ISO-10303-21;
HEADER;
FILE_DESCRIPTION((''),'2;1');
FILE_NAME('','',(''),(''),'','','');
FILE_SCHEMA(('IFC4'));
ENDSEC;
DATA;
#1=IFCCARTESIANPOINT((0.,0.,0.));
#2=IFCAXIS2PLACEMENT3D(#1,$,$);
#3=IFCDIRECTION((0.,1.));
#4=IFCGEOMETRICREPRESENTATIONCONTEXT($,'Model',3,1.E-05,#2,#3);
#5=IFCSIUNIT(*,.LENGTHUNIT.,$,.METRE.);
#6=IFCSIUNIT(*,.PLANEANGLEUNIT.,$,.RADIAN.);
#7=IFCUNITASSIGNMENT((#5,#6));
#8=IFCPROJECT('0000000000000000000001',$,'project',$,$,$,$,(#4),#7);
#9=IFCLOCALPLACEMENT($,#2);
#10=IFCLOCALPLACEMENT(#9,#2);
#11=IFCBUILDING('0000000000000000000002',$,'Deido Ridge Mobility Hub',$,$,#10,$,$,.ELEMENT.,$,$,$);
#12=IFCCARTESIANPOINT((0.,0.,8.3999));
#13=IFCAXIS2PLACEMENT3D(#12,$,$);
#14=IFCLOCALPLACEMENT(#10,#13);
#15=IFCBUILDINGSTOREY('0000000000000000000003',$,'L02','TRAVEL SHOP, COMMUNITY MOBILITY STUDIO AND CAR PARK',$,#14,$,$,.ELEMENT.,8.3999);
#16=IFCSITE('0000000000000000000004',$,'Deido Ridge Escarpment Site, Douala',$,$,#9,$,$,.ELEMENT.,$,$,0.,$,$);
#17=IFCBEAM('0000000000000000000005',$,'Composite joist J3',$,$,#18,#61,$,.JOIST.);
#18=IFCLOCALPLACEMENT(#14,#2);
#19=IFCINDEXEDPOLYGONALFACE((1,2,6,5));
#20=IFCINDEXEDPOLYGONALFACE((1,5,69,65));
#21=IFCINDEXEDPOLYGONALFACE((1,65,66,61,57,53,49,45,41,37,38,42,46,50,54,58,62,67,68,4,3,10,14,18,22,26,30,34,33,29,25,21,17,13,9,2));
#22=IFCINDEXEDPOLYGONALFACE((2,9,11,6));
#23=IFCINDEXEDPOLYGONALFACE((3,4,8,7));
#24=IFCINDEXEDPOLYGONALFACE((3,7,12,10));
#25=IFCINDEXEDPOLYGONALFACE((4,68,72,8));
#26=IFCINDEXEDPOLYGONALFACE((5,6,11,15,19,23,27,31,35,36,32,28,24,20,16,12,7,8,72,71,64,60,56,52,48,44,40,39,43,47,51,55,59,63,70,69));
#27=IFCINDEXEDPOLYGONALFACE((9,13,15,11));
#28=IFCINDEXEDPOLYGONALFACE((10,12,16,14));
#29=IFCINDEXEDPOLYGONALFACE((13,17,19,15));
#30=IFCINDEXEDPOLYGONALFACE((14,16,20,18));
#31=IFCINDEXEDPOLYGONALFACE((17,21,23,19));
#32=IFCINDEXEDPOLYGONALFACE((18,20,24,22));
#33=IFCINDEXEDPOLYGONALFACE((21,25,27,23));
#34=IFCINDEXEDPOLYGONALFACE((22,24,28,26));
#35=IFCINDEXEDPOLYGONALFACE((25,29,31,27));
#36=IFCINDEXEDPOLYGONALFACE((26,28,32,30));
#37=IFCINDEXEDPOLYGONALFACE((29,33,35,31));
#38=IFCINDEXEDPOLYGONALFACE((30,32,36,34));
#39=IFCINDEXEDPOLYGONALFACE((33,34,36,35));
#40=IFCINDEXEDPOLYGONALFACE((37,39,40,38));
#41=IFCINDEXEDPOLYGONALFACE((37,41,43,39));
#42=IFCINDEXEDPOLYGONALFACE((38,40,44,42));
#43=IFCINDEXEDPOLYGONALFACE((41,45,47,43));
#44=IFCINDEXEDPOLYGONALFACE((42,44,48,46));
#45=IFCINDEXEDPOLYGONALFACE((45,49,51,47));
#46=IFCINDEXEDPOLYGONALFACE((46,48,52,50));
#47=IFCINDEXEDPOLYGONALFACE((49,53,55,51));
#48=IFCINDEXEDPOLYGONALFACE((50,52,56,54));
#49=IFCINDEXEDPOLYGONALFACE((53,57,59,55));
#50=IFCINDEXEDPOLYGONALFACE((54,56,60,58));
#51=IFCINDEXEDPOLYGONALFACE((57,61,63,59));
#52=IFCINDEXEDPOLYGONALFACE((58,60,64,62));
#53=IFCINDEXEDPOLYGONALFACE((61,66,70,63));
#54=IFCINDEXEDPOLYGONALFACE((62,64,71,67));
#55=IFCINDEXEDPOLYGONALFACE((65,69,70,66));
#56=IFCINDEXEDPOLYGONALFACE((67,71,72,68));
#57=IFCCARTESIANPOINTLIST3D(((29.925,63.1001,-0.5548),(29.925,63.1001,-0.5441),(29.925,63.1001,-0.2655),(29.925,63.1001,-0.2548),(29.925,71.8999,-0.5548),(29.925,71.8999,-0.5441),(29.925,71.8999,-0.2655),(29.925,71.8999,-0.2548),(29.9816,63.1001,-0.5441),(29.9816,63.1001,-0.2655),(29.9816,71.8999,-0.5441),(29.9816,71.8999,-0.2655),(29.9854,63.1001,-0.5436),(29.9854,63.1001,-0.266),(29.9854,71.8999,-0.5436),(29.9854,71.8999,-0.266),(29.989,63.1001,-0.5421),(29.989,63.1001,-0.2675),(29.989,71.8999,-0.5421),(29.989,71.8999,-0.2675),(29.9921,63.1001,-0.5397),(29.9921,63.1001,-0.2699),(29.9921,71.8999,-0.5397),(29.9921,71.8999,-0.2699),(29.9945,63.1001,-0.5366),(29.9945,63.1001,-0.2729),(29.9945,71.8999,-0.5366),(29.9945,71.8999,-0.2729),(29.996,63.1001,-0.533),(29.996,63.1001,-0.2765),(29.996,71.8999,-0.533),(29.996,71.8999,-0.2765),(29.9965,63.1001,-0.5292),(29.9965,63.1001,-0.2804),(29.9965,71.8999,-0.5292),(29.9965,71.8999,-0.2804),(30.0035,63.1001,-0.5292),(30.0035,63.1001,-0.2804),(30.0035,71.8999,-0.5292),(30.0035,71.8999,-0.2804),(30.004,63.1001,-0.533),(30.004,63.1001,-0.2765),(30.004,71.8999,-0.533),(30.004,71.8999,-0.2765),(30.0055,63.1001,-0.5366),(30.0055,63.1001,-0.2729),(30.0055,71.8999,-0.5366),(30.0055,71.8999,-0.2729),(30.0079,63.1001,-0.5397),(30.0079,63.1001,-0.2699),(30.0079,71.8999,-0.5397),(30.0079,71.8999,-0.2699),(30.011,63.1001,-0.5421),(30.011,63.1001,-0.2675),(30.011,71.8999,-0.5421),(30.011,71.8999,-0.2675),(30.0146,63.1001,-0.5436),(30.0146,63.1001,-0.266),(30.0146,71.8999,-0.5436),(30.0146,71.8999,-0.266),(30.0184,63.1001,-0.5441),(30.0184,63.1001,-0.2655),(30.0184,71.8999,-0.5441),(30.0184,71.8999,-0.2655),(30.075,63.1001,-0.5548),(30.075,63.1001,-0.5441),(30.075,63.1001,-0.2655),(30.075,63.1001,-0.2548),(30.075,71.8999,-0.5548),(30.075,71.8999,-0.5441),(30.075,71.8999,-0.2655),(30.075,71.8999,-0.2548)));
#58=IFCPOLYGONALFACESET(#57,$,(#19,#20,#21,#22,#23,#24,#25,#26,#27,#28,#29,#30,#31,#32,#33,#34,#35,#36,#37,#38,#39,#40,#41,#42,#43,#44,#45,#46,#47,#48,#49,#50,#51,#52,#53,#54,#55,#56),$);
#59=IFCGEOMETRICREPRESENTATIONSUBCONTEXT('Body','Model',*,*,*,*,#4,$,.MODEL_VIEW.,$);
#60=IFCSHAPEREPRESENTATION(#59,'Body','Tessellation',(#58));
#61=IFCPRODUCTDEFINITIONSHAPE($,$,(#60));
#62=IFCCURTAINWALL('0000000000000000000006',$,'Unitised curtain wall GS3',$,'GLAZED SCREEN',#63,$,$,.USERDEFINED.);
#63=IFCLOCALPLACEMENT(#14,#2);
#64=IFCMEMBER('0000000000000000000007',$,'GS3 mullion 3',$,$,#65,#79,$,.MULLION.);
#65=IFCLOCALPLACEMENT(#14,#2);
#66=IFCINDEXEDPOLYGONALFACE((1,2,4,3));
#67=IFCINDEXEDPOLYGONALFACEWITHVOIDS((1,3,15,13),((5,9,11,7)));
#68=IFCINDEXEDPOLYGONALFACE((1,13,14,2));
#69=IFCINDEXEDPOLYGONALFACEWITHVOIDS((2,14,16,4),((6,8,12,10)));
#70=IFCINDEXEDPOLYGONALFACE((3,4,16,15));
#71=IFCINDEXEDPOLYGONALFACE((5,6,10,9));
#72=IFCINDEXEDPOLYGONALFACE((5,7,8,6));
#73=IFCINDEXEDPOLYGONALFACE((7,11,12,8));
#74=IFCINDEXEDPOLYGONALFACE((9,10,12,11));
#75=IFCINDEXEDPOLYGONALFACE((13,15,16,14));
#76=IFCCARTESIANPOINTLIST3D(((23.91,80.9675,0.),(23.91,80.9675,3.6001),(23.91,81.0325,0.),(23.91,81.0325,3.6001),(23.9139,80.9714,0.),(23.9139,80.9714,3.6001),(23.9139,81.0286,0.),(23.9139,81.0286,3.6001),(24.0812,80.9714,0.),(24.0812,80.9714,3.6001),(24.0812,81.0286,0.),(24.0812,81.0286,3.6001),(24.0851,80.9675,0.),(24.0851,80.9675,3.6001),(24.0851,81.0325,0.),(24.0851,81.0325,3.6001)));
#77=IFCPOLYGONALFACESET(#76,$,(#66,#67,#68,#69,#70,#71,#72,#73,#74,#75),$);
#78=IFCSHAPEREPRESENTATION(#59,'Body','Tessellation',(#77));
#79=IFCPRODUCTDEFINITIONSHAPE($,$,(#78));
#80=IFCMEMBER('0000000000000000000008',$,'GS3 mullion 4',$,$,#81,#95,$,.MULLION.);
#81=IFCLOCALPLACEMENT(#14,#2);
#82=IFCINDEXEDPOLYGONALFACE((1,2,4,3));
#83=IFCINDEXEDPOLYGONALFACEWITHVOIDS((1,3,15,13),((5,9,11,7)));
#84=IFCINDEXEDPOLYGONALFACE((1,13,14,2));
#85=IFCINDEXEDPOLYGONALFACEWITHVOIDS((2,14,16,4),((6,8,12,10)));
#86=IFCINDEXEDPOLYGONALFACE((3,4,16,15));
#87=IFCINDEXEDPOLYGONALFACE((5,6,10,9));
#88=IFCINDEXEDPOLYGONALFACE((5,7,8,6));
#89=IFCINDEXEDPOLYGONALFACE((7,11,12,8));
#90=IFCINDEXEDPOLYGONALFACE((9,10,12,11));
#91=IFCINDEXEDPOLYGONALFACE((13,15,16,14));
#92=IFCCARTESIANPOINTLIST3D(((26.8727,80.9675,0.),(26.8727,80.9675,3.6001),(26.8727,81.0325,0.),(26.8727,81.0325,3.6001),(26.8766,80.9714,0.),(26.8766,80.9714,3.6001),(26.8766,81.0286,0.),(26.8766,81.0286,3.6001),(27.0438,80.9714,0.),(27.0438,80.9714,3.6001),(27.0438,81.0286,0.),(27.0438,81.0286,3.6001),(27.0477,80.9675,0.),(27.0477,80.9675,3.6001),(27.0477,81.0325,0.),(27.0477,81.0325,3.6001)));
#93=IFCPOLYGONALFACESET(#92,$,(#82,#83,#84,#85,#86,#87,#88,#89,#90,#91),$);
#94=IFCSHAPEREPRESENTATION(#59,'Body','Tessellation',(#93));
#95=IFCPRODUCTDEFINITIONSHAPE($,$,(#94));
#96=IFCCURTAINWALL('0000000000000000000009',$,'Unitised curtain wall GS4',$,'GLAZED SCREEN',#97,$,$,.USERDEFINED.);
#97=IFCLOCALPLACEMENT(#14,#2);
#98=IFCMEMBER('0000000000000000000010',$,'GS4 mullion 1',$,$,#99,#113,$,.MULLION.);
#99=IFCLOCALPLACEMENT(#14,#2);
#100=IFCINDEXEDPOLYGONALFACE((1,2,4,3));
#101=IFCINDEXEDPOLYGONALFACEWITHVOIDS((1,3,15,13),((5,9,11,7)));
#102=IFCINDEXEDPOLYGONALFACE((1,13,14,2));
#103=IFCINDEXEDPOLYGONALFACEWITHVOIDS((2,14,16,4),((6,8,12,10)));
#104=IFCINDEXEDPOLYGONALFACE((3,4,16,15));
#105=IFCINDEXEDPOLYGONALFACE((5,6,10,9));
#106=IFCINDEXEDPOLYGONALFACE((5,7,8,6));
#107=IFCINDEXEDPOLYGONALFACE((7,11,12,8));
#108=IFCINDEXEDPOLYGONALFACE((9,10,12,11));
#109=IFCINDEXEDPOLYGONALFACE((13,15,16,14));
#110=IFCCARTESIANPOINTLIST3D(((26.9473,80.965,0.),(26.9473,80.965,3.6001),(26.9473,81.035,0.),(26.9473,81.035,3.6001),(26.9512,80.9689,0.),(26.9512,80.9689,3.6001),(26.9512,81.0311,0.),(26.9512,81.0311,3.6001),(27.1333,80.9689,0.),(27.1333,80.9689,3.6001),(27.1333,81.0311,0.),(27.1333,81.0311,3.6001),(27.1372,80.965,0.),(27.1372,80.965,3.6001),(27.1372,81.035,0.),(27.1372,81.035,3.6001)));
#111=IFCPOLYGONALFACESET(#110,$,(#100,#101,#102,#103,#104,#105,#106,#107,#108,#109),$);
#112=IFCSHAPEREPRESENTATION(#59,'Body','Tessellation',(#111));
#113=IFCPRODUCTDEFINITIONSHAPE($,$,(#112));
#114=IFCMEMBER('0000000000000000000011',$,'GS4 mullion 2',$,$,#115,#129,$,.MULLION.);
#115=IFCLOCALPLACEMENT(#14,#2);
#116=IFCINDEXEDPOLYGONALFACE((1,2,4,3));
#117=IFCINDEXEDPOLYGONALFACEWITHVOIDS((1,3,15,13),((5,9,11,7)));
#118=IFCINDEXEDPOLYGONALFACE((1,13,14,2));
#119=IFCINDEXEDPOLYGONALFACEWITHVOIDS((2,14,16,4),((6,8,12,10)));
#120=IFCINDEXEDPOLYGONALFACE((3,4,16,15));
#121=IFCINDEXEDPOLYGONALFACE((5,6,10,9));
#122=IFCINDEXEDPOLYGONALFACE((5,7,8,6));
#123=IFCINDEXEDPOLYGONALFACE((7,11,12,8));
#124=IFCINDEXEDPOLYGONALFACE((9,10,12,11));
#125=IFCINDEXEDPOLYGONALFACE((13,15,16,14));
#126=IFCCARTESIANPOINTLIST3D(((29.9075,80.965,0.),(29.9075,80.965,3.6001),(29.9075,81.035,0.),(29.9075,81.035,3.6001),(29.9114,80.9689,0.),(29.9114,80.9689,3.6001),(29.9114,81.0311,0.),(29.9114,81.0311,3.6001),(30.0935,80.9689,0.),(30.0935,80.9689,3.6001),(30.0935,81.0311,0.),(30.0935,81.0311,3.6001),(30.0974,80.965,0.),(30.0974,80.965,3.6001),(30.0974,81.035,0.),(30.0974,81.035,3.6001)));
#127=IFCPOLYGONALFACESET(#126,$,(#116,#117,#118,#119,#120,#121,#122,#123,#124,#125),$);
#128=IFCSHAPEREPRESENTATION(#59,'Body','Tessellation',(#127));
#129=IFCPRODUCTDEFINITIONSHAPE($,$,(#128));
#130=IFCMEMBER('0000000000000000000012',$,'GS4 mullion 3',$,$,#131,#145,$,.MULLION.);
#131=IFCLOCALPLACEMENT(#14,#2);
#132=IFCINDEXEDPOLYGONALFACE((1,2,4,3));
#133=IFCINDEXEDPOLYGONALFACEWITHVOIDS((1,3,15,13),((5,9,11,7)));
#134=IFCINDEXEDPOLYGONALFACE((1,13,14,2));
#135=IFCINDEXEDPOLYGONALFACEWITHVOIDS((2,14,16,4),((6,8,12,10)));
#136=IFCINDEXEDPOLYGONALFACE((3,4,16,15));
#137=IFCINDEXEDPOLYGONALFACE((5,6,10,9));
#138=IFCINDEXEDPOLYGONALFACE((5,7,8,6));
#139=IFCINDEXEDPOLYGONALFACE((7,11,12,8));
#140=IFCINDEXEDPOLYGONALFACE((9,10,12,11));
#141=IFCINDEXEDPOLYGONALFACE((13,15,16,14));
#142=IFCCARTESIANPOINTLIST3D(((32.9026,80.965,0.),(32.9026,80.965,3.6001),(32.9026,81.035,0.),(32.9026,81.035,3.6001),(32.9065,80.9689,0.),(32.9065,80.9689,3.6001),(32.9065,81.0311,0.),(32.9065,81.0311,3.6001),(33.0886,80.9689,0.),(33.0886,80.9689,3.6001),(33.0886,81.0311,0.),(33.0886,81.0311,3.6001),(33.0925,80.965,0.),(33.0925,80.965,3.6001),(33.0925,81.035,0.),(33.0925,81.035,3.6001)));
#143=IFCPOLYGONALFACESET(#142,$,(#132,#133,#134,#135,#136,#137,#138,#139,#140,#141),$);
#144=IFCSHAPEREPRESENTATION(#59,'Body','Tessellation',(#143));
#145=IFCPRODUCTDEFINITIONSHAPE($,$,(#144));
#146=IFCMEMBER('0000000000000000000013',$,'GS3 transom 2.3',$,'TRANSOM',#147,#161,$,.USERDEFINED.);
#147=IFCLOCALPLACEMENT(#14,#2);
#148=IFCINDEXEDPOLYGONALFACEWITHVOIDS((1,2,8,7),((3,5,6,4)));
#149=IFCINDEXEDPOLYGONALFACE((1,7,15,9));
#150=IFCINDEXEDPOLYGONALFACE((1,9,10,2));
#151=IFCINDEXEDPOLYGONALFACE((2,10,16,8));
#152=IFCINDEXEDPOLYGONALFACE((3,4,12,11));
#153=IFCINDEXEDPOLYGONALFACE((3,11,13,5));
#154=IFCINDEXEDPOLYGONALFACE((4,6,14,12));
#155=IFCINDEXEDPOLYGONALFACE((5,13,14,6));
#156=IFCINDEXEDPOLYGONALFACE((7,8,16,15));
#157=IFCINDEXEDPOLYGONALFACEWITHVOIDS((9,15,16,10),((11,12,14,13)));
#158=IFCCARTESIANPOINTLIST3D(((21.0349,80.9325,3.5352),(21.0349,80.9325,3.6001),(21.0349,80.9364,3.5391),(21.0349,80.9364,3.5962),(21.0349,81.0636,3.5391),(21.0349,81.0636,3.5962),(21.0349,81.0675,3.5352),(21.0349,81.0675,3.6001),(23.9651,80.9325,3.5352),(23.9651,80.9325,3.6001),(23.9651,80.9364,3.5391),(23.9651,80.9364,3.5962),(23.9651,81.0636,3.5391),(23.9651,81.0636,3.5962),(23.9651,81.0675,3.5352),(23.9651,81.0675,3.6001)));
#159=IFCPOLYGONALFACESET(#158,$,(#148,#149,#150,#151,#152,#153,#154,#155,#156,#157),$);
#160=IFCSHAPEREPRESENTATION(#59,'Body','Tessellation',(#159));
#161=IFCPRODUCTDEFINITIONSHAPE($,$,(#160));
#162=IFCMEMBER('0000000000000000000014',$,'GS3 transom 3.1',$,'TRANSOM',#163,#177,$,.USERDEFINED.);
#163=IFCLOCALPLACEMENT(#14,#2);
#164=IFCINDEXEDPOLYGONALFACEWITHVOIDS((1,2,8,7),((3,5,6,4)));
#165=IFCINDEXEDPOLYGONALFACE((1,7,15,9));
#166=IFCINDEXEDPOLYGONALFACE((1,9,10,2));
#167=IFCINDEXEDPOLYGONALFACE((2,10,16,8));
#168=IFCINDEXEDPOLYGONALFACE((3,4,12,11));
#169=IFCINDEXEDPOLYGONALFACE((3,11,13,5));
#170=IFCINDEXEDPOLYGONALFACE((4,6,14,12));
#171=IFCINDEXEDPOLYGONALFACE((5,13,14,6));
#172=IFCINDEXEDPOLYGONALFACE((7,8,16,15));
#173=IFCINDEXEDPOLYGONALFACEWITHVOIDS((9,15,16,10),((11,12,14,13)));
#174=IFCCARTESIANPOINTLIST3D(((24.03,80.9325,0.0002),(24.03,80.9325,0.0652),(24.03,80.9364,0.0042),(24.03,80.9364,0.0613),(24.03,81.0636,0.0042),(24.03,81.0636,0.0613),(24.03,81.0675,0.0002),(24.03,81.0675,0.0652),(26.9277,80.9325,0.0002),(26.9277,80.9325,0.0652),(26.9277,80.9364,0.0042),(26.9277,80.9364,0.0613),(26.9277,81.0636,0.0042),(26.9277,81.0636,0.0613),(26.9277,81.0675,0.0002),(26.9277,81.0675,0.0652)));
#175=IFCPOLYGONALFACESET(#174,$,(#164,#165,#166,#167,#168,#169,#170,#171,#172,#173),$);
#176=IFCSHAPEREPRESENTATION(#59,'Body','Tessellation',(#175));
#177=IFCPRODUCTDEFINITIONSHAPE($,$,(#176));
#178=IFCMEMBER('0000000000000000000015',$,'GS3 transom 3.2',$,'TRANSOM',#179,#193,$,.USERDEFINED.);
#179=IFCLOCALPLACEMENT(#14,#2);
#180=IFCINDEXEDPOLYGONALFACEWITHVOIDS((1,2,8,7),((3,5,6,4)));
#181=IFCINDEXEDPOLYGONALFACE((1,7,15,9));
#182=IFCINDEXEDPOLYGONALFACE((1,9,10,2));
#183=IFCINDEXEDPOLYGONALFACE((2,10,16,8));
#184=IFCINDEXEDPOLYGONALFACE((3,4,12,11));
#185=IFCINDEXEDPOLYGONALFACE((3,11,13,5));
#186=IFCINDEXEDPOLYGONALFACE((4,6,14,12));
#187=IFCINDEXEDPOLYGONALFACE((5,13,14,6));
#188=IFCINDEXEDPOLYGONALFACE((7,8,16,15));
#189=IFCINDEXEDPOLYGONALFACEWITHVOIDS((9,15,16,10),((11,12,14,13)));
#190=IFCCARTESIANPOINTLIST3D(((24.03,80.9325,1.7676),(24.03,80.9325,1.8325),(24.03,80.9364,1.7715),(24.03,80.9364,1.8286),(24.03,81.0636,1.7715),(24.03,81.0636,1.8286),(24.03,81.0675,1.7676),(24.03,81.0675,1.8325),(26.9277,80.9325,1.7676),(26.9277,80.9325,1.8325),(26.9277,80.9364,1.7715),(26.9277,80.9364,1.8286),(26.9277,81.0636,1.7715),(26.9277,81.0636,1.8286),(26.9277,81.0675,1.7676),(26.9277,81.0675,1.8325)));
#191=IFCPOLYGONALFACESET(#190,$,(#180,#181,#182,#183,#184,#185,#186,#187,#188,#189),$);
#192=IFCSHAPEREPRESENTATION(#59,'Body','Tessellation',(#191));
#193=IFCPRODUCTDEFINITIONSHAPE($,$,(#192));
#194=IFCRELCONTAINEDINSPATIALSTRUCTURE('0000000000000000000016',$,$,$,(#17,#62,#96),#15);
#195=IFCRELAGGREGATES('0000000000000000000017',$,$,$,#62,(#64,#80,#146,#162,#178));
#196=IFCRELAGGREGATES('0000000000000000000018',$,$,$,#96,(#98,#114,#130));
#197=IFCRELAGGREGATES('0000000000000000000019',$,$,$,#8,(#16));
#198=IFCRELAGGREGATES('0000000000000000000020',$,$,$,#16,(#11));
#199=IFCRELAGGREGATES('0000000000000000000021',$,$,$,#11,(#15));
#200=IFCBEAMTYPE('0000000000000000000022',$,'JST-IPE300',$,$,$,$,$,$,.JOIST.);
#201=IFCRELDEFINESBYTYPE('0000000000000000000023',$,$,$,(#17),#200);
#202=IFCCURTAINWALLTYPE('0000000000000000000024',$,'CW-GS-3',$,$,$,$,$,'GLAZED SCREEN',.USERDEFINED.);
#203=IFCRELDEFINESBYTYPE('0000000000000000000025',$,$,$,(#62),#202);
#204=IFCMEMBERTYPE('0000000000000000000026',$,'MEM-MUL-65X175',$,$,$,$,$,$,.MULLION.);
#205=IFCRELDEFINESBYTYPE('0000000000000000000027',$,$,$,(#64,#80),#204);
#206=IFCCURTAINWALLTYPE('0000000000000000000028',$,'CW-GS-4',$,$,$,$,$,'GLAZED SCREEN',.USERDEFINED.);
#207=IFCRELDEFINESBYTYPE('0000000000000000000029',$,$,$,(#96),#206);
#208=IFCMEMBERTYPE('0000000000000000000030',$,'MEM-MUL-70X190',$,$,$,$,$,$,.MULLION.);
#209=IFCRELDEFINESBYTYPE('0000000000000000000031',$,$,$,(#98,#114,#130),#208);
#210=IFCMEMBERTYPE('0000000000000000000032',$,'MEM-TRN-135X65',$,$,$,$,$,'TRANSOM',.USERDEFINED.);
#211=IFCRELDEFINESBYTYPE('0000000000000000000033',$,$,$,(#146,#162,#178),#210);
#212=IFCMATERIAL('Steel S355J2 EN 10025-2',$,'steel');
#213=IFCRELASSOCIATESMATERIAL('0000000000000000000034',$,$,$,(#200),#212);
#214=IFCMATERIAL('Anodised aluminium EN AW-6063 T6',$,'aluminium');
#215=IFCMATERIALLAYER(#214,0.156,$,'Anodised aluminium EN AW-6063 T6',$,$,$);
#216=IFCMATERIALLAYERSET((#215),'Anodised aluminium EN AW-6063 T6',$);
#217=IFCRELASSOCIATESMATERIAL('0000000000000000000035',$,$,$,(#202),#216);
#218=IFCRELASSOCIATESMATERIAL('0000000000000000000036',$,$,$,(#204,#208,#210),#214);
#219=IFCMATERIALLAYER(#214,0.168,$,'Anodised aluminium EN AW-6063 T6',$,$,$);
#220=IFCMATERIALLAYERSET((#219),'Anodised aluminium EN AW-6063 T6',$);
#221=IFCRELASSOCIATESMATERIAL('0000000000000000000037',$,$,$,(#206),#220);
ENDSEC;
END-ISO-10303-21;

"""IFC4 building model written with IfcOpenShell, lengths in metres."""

from ifc_helpers import new_model, si_unit, direction, frame, origin, origin_2d, place, context, subcontext, project, spatial, hollow_rectangle, i_section, extrude, material, layer, layer_set, material_profile, profile_set, type_object, element, aggregate, save


model = new_model("IFC4")

# Units and contexts
model_context = context("Model", 3, precision=1e-05, world=origin(), true_north=direction((0.0, 1.0)))
body_context = subcontext(model_context, "Body", "Model", "MODEL_VIEW")
ifc_project = project(units=[si_unit("LENGTHUNIT", "METRE"), si_unit("PLANEANGLEUNIT", "RADIAN")], contexts=[model_context])

# Site, building, storey
site_placement = place(None, origin())
site = spatial("IfcSite", under=ifc_project, at=site_placement, Name="Deido Ridge Escarpment Site, Douala", CompositionType="ELEMENT", RefElevation=0.0)
building_placement = place(site_placement, origin())
building = spatial("IfcBuilding", under=site, at=building_placement, Name="Deido Ridge Mobility Hub", CompositionType="ELEMENT")
storey_placement = place(building_placement, frame((0.0, 0.0, 8.3999)))
storey = spatial("IfcBuildingStorey", under=building, at=storey_placement, Name="L02", Description="TRAVEL SHOP, COMMUNITY MOBILITY STUDIO AND CAR PARK", CompositionType="ELEMENT", Elevation=8.3999)

# Shared definitions
ifc_material_1 = material(Name="Steel S355J2 EN 10025-2", Category="steel")

# Beam
ifc_material_profile_1 = material_profile(ifc_material_1, i_section(OverallWidth=0.1499, OverallDepth=0.3, WebThickness=0.0071, FlangeThickness=0.0107, FilletRadius=0.0149, at=origin_2d()), Name="IPE 300")
ifc_profile_set_1 = profile_set([ifc_material_profile_1], Name="Steel S355J2 EN 10025-2")
beam_type_1 = type_object("IfcBeamType", Name="JST-IPE300", PredefinedType="JOIST", material=ifc_profile_set_1)
beam_1_placement = place(storey_placement, frame((30.0, 63.1001, -0.4048), z_axis=(0.0, 1.0, 0.0), x_axis=(-1.0, 0.0, 0.0)))
element("IfcBeam", 1, at=beam_1_placement, inside=storey, type_object=beam_type_1, Name="Composite joist J3", PredefinedType="JOIST", context=body_context, shape_type="SweptSolid", body=[
    extrude(i_section(OverallWidth=0.1499, OverallDepth=0.3, WebThickness=0.0071, FlangeThickness=0.0107, FilletRadius=0.0149, at=origin_2d()), origin(), (0.0, 0.0, 1.0), 8.7998),
])

# Curtain walls, members
ifc_material_2 = material(Name="Anodised aluminium EN AW-6063 T6", Category="aluminium")
ifc_layer_1 = layer(ifc_material_2, 0.156, Name="Anodised aluminium EN AW-6063 T6")
ifc_layer_set_1 = layer_set([ifc_layer_1], Name="Anodised aluminium EN AW-6063 T6")
curtain_wall_type_1 = type_object("IfcCurtainWallType", Name="CW-GS-3", ElementType="GLAZED SCREEN", PredefinedType="USERDEFINED", material=ifc_layer_set_1)
curtain_wall_1_placement = place(storey_placement, origin())
curtain_wall_1 = element("IfcCurtainWall", 2, at=curtain_wall_1_placement, inside=storey, type_object=curtain_wall_type_1, Name="Unitised curtain wall GS3", ObjectType="GLAZED SCREEN", PredefinedType="USERDEFINED")
ifc_material_profile_2 = material_profile(ifc_material_2, hollow_rectangle(XDim=0.0649, YDim=0.175, WallThickness=0.0039, at=origin_2d()), Name="RHS 65x175x4")
ifc_profile_set_2 = profile_set([ifc_material_profile_2], Name="Anodised aluminium EN AW-6063 T6")
member_type_1 = type_object("IfcMemberType", Name="MEM-MUL-65X175", PredefinedType="MULLION", material=ifc_profile_set_2)
member_1_placement = place(storey_placement, frame((23.9976, 81.0, 0.0), z_axis=(0.0, 0.0, 1.0), x_axis=(0.0, 1.0, 0.0)))
member_1 = element("IfcMember", 3, at=member_1_placement, type_object=member_type_1, Name="GS3 mullion 3", PredefinedType="MULLION", context=body_context, shape_type="SweptSolid", body=[
    extrude(hollow_rectangle(XDim=0.0649, YDim=0.175, WallThickness=0.0039, at=origin_2d()), origin(), (0.0, 0.0, 1.0), 3.6001),
])
member_2_placement = place(storey_placement, frame((26.9602, 81.0, 0.0), z_axis=(0.0, 0.0, 1.0), x_axis=(0.0, 1.0, 0.0)))
member_2 = element("IfcMember", 4, at=member_2_placement, type_object=member_type_1, Name="GS3 mullion 4", PredefinedType="MULLION", context=body_context, shape_type="SweptSolid", body=[
    extrude(hollow_rectangle(XDim=0.0649, YDim=0.175, WallThickness=0.0039, at=origin_2d()), origin(), (0.0, 0.0, 1.0), 3.6001),
])
ifc_layer_2 = layer(ifc_material_2, 0.168, Name="Anodised aluminium EN AW-6063 T6")
ifc_layer_set_2 = layer_set([ifc_layer_2], Name="Anodised aluminium EN AW-6063 T6")
curtain_wall_type_2 = type_object("IfcCurtainWallType", Name="CW-GS-4", ElementType="GLAZED SCREEN", PredefinedType="USERDEFINED", material=ifc_layer_set_2)
curtain_wall_2_placement = place(storey_placement, origin())
curtain_wall_2 = element("IfcCurtainWall", 5, at=curtain_wall_2_placement, inside=storey, type_object=curtain_wall_type_2, Name="Unitised curtain wall GS4", ObjectType="GLAZED SCREEN", PredefinedType="USERDEFINED")
ifc_material_profile_3 = material_profile(ifc_material_2, hollow_rectangle(XDim=0.0701, YDim=0.1899, WallThickness=0.0039, at=origin_2d()), Name="RHS 70x190x4")
ifc_profile_set_3 = profile_set([ifc_material_profile_3], Name="Anodised aluminium EN AW-6063 T6")
member_type_2 = type_object("IfcMemberType", Name="MEM-MUL-70X190", PredefinedType="MULLION", material=ifc_profile_set_3)
member_3_placement = place(storey_placement, frame((27.0422, 81.0, 0.0), z_axis=(0.0, 0.0, 1.0), x_axis=(0.0, 1.0, 0.0)))
member_3 = element("IfcMember", 6, at=member_3_placement, type_object=member_type_2, Name="GS4 mullion 1", PredefinedType="MULLION", context=body_context, shape_type="SweptSolid", body=[
    extrude(hollow_rectangle(XDim=0.0701, YDim=0.1899, WallThickness=0.0039, at=origin_2d()), origin(), (0.0, 0.0, 1.0), 3.6001),
])
member_4_placement = place(storey_placement, frame((30.0024, 81.0, 0.0), z_axis=(0.0, 0.0, 1.0), x_axis=(0.0, 1.0, 0.0)))
member_4 = element("IfcMember", 7, at=member_4_placement, type_object=member_type_2, Name="GS4 mullion 2", PredefinedType="MULLION", context=body_context, shape_type="SweptSolid", body=[
    extrude(hollow_rectangle(XDim=0.0701, YDim=0.1899, WallThickness=0.0039, at=origin_2d()), origin(), (0.0, 0.0, 1.0), 3.6001),
])
member_5_placement = place(storey_placement, frame((32.9976, 81.0, 0.0), z_axis=(0.0, 0.0, 1.0), x_axis=(0.0, 1.0, 0.0)))
member_5 = element("IfcMember", 8, at=member_5_placement, type_object=member_type_2, Name="GS4 mullion 3", PredefinedType="MULLION", context=body_context, shape_type="SweptSolid", body=[
    extrude(hollow_rectangle(XDim=0.0701, YDim=0.1899, WallThickness=0.0039, at=origin_2d()), origin(), (0.0, 0.0, 1.0), 3.6001),
])

# Members
ifc_material_profile_4 = material_profile(ifc_material_2, hollow_rectangle(XDim=0.135, YDim=0.0649, WallThickness=0.0039, at=origin_2d()), Name="RHS 135x65x4")
ifc_profile_set_4 = profile_set([ifc_material_profile_4], Name="Anodised aluminium EN AW-6063 T6")
member_type_3 = type_object("IfcMemberType", Name="MEM-TRN-135X65", ElementType="TRANSOM", PredefinedType="USERDEFINED", material=ifc_profile_set_4)
member_6_placement = place(storey_placement, frame((21.0349, 81.0, 3.5676), z_axis=(1.0, 0.0, 0.0), x_axis=(0.0, 1.0, 0.0)))
member_6 = element("IfcMember", 9, at=member_6_placement, type_object=member_type_3, Name="GS3 transom 2.3", ObjectType="TRANSOM", PredefinedType="USERDEFINED", context=body_context, shape_type="SweptSolid", body=[
    extrude(hollow_rectangle(XDim=0.135, YDim=0.0649, WallThickness=0.0039, at=origin_2d()), origin(), (0.0, 0.0, 1.0), 2.9302),
])
member_7_placement = place(storey_placement, frame((24.03, 81.0, 0.0327), z_axis=(1.0, 0.0, 0.0), x_axis=(0.0, 1.0, 0.0)))
member_7 = element("IfcMember", 10, at=member_7_placement, type_object=member_type_3, Name="GS3 transom 3.1", ObjectType="TRANSOM", PredefinedType="USERDEFINED", context=body_context, shape_type="SweptSolid", body=[
    extrude(hollow_rectangle(XDim=0.135, YDim=0.0649, WallThickness=0.0039, at=origin_2d()), origin(), (0.0, 0.0, 1.0), 2.8977),
])
member_8_placement = place(storey_placement, frame((24.03, 81.0, 1.8), z_axis=(1.0, 0.0, 0.0), x_axis=(0.0, 1.0, 0.0)))
member_8 = element("IfcMember", 11, at=member_8_placement, type_object=member_type_3, Name="GS3 transom 3.2", ObjectType="TRANSOM", PredefinedType="USERDEFINED", context=body_context, shape_type="SweptSolid", body=[
    extrude(hollow_rectangle(XDim=0.135, YDim=0.0649, WallThickness=0.0039, at=origin_2d()), origin(), (0.0, 0.0, 1.0), 2.8977),
])

aggregate(curtain_wall_1, [member_1, member_2, member_6, member_7, member_8])
aggregate(curtain_wall_2, [member_3, member_4, member_5])

save(model, "model.ifc")
